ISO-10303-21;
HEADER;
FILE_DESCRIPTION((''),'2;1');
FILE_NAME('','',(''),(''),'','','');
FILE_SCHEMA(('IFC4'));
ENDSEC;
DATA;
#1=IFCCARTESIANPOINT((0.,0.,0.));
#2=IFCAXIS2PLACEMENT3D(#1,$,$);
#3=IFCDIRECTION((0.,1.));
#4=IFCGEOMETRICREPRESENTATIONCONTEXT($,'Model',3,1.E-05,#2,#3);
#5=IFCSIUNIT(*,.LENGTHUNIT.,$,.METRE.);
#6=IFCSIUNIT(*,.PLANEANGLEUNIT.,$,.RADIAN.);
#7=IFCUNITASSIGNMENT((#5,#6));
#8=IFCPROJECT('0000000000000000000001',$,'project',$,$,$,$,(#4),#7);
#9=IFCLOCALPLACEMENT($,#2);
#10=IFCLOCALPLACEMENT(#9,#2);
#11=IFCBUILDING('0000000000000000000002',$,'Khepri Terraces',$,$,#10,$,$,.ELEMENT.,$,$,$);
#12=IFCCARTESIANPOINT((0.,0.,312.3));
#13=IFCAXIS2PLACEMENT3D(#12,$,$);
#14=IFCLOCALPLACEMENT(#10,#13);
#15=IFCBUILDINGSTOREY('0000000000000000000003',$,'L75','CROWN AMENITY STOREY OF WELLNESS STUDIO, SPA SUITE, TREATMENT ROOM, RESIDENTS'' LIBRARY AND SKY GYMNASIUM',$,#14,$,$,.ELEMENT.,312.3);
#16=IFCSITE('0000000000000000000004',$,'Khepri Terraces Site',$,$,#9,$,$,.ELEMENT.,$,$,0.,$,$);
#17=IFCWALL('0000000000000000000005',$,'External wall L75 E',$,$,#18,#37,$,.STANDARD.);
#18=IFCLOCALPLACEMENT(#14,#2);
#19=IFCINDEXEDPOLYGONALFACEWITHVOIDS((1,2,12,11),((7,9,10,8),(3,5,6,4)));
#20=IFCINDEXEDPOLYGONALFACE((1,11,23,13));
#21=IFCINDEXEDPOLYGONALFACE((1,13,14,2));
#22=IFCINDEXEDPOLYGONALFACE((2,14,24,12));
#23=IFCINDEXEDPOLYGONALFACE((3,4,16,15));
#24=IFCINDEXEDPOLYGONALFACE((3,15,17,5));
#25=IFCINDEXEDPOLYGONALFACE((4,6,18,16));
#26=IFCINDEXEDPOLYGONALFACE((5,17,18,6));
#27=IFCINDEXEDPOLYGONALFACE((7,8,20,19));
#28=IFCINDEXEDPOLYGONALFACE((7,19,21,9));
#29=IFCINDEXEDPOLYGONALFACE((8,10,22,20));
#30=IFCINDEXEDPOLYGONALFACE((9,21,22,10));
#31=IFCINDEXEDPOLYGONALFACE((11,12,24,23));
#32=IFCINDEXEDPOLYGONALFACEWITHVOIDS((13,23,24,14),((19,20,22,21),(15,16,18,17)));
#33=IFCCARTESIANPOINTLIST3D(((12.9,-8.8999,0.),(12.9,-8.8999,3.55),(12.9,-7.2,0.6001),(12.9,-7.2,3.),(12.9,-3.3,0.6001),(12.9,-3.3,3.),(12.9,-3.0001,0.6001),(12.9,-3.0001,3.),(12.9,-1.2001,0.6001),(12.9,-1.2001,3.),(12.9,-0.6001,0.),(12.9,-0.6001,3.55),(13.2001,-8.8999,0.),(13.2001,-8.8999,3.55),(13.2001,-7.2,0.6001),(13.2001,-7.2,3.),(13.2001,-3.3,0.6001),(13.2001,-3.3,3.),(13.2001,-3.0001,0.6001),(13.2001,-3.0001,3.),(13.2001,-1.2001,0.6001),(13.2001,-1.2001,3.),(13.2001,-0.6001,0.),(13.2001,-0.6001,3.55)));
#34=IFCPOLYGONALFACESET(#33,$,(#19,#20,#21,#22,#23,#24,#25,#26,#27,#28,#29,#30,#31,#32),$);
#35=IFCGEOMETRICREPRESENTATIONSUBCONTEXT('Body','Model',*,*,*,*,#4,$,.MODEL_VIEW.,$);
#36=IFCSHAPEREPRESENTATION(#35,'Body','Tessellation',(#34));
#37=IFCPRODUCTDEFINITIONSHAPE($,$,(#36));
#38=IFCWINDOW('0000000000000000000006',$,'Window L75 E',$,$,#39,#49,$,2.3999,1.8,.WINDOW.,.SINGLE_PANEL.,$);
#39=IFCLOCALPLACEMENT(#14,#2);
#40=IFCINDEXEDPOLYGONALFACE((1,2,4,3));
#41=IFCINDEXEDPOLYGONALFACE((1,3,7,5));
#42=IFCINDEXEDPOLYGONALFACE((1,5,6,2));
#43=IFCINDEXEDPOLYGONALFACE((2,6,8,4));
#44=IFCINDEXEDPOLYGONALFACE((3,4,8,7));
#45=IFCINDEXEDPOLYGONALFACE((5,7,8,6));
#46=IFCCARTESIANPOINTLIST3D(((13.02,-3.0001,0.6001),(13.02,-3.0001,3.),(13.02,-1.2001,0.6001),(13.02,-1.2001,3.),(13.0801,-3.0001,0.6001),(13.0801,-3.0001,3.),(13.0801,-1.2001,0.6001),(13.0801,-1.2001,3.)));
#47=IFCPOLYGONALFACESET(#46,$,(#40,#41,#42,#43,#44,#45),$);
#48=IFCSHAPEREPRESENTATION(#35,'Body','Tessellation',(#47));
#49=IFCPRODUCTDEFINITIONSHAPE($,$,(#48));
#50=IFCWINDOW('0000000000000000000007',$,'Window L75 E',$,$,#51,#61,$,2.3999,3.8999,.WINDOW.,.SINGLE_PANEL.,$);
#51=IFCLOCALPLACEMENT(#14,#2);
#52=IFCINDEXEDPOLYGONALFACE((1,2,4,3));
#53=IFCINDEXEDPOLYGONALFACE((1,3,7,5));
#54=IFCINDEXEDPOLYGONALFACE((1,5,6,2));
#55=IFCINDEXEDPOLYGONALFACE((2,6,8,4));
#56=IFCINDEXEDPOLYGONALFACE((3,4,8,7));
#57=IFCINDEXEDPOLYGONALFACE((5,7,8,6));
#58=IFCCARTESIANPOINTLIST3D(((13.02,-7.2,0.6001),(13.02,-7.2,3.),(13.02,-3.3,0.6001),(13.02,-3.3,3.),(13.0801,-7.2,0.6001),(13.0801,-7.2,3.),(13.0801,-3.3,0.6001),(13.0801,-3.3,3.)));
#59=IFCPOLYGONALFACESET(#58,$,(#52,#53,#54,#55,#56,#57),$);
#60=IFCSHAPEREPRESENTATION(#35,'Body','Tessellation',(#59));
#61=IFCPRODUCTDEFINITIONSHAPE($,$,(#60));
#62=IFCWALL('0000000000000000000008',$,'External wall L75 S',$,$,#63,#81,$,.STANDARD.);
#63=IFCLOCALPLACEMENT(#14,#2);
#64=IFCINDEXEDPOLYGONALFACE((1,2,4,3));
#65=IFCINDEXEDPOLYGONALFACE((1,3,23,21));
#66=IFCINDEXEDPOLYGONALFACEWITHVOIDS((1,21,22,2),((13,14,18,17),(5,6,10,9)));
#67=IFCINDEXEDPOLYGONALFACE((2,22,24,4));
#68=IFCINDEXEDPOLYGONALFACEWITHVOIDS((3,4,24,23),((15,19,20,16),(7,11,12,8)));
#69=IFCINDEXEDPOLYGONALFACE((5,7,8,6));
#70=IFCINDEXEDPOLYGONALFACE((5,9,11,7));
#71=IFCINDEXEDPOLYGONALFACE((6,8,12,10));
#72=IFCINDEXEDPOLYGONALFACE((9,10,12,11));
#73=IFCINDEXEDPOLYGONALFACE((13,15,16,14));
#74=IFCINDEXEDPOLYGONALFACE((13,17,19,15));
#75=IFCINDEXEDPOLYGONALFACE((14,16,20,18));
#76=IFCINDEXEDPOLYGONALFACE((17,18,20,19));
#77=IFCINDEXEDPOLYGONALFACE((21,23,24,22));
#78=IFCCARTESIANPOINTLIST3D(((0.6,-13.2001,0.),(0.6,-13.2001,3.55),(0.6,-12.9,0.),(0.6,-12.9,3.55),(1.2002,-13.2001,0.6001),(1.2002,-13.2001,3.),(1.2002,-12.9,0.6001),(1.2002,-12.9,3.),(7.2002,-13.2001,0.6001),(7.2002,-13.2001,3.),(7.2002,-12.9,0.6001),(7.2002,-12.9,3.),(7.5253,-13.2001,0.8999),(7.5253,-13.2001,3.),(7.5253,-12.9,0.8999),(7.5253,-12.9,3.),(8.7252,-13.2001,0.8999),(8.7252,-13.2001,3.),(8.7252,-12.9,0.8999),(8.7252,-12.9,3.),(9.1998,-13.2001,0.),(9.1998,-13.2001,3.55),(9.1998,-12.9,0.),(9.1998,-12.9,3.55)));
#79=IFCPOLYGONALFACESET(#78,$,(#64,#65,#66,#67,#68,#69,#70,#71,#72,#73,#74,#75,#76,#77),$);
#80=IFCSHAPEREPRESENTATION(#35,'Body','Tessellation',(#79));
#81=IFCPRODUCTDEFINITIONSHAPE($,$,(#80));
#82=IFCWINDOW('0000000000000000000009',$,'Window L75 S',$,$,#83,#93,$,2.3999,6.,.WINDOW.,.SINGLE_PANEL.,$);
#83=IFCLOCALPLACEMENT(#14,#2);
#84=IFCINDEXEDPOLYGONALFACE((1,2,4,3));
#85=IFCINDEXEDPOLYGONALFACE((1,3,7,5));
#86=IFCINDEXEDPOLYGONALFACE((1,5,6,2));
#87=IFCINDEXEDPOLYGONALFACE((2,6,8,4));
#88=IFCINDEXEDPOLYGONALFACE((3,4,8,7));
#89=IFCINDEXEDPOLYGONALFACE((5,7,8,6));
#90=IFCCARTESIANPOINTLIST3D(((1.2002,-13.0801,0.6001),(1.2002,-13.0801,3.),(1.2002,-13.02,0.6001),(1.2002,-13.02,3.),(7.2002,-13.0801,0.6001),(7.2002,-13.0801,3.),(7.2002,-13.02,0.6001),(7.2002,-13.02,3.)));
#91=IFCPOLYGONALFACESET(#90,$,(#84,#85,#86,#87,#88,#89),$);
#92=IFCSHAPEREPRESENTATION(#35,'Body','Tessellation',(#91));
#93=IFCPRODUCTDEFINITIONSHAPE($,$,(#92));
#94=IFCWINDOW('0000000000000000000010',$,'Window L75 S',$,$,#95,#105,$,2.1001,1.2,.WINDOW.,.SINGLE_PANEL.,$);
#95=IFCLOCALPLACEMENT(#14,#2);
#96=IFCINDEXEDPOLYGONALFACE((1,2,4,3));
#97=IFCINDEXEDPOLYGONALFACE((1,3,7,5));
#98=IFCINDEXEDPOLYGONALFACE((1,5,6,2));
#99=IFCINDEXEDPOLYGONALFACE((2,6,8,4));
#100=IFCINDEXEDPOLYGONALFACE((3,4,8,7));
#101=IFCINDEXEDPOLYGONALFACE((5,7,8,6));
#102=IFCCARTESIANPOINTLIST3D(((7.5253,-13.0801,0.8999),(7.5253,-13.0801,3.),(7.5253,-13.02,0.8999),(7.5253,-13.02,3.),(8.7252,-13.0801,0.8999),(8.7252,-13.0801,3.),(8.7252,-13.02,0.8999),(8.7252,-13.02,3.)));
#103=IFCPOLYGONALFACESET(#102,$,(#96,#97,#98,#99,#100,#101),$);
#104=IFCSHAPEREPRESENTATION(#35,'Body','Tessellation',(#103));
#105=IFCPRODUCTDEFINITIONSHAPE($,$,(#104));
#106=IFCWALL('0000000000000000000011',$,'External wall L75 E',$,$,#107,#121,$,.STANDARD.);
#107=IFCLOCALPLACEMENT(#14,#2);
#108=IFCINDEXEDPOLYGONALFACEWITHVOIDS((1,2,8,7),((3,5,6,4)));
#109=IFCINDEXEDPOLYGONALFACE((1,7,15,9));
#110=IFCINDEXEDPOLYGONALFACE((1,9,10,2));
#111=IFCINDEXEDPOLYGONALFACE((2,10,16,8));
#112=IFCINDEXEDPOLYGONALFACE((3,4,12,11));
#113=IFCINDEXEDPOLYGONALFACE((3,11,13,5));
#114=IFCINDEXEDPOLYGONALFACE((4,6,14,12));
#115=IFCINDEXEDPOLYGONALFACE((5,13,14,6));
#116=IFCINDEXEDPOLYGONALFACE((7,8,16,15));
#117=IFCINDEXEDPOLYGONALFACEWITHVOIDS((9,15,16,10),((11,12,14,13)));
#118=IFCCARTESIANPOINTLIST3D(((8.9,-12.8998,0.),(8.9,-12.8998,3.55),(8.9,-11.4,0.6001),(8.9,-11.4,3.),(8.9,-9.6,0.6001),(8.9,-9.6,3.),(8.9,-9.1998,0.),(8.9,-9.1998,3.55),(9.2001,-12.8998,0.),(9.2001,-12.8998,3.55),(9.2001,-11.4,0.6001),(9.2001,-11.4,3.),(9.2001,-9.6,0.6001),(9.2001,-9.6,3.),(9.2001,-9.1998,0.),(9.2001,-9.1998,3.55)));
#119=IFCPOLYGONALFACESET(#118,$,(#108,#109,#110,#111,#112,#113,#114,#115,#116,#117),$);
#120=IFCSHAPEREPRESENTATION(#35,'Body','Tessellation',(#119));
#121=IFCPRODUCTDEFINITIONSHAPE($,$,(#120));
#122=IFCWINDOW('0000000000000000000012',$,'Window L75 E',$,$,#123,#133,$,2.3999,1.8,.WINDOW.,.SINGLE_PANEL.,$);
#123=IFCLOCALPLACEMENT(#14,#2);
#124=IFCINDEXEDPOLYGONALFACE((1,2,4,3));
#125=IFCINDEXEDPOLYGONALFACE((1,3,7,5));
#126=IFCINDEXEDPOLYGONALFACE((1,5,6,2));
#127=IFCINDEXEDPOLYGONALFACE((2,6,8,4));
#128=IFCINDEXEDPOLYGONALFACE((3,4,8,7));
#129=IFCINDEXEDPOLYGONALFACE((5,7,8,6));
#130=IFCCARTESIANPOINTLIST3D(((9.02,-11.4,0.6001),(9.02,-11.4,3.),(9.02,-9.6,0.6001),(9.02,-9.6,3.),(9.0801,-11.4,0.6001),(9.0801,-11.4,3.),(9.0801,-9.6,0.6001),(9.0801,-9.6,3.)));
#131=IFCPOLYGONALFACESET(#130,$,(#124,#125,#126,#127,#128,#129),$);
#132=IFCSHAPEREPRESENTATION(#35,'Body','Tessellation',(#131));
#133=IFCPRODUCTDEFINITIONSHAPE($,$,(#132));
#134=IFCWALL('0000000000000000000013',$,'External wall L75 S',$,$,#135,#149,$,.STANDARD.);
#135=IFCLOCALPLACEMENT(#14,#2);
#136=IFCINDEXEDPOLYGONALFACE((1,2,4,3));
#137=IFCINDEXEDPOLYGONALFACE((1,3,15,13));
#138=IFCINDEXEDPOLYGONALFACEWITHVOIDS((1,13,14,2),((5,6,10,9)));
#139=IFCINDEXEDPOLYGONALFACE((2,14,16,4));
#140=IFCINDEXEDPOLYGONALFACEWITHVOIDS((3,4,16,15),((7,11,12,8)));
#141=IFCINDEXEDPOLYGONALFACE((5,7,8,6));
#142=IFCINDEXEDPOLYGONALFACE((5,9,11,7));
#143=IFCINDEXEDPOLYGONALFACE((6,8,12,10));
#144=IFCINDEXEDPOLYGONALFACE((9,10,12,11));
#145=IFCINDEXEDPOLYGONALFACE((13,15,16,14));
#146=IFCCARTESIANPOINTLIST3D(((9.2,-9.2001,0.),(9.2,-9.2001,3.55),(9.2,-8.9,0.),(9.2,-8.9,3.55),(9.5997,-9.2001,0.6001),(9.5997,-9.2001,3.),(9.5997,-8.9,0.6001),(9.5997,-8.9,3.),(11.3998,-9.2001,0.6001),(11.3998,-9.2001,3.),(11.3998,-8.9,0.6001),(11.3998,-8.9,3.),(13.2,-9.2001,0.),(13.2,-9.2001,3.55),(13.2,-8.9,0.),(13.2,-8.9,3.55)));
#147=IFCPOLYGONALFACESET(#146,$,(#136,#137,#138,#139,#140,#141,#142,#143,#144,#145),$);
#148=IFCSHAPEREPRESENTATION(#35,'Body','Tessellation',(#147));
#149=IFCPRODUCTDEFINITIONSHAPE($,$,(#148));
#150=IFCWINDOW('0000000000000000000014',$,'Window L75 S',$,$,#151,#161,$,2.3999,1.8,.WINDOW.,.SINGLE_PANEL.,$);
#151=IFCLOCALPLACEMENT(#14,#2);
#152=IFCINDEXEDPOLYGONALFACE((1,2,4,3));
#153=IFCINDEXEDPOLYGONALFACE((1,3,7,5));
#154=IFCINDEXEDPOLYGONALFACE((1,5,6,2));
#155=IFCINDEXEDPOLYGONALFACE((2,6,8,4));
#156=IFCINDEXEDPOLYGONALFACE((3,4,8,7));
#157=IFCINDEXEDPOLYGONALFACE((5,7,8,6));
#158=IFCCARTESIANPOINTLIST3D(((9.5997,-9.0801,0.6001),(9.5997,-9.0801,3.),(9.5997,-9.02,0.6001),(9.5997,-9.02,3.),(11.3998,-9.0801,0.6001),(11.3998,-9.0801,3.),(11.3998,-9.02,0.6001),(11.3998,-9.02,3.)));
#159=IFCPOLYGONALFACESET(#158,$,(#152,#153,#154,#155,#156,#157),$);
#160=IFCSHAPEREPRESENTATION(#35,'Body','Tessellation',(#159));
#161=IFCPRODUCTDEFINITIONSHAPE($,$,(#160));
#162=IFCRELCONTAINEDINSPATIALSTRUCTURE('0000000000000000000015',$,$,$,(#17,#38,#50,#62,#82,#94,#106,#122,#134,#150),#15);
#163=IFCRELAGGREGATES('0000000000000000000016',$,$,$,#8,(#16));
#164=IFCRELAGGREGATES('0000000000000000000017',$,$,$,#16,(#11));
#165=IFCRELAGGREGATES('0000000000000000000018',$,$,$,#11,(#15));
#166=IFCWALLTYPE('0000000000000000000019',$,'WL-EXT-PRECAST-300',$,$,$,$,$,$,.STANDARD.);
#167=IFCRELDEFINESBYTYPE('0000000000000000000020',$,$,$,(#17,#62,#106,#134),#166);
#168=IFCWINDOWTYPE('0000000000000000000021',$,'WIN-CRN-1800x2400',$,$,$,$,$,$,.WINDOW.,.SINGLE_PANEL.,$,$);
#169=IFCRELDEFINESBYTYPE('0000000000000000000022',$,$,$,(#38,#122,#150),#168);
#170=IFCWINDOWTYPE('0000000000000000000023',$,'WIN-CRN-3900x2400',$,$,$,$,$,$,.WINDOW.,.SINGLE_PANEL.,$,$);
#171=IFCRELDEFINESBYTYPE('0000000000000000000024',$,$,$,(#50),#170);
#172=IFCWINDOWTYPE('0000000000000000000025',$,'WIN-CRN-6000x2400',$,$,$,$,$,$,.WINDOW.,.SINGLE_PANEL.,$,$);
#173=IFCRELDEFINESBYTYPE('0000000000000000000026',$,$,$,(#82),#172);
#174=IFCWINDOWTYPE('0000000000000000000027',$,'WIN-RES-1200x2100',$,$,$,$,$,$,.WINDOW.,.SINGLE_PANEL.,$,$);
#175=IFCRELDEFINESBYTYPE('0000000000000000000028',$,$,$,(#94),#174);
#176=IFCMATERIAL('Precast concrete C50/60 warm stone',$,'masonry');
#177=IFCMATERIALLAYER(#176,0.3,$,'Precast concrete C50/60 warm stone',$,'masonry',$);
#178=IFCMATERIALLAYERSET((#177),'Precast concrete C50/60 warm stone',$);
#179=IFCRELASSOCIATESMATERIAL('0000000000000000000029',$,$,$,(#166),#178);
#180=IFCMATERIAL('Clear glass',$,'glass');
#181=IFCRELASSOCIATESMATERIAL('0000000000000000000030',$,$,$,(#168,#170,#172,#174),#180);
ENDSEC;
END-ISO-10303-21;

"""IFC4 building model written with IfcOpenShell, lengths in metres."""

from ifc_helpers import new_model, si_unit, direction, frame, frame_2d, origin, place, context, subcontext, project, spatial, rectangle, extrude, material, layer, layer_set, type_object, element, fill, save


model = new_model("IFC4")

# Units and contexts
model_context = context("Model", 3, precision=1e-05, world=origin(), true_north=direction((0.0, 1.0)))
body_context = subcontext(model_context, "Body", "Model", "MODEL_VIEW")
ifc_project = project(units=[si_unit("LENGTHUNIT", "METRE"), si_unit("PLANEANGLEUNIT", "RADIAN")], contexts=[model_context])

# Site, building, storey
site_placement = place(None, origin())
site = spatial("IfcSite", under=ifc_project, at=site_placement, Name="Khepri Terraces Site", CompositionType="ELEMENT", RefElevation=0.0)
building_placement = place(site_placement, origin())
building = spatial("IfcBuilding", under=site, at=building_placement, Name="Khepri Terraces", CompositionType="ELEMENT")
storey_placement = place(building_placement, frame((0.0, 0.0, 312.3)))
storey = spatial("IfcBuildingStorey", under=building, at=storey_placement, Name="L75", Description="CROWN AMENITY STOREY OF WELLNESS STUDIO, SPA SUITE, TREATMENT ROOM, RESIDENTS' LIBRARY AND SKY GYMNASIUM", CompositionType="ELEMENT", Elevation=312.3)

# Walls, openings, windows
ifc_material_1 = material(Name="Precast concrete C50/60 warm stone", Category="masonry")
ifc_layer_1 = layer(ifc_material_1, 0.3, Name="Precast concrete C50/60 warm stone", Category="masonry")
ifc_layer_set_1 = layer_set([ifc_layer_1], Name="Precast concrete C50/60 warm stone")
wall_type_1 = type_object("IfcWallType", Name="WL-EXT-PRECAST-300", PredefinedType="STANDARD", material=ifc_layer_set_1)
wall_1_placement = place(storey_placement, frame((13.05, -8.8999, 0.0), z_axis=(0.0, 0.0, 1.0), x_axis=(0.0, 1.0, 0.0)))
wall_1 = element("IfcWall", 1, at=wall_1_placement, inside=storey, type_object=wall_type_1, Name="External wall L75 E", PredefinedType="STANDARD", context=body_context, shape_type="SweptSolid", body=[
    extrude(rectangle(XDim=8.2998, YDim=0.3, at=frame_2d((4.1499, 0.0))), origin(), (0.0, 0.0, 1.0), 3.55),
])
opening_1_placement = place(wall_1_placement, frame((1.7, 0.0, 0.6001)))
opening_1 = element("IfcOpeningElement", 2, at=opening_1_placement, cuts=wall_1, PredefinedType="OPENING", context=body_context, shape_type="SweptSolid", body=[
    extrude(rectangle(XDim=3.8999, YDim=2.3999, at=frame_2d((1.95, 1.2))), frame((0.0, 0.1602, 0.0), z_axis=(0.0, -1.0, 0.0), x_axis=(1.0, 0.0, 0.0)), (0.0, 0.0, 1.0), 0.3201),
])
opening_2_placement = place(wall_1_placement, frame((5.8999, 0.0, 0.6001)))
opening_2 = element("IfcOpeningElement", 3, at=opening_2_placement, cuts=wall_1, PredefinedType="OPENING", context=body_context, shape_type="SweptSolid", body=[
    extrude(rectangle(XDim=1.8, YDim=2.3999, at=frame_2d((0.8999, 1.2))), frame((0.0, 0.1602, 0.0), z_axis=(0.0, -1.0, 0.0), x_axis=(1.0, 0.0, 0.0)), (0.0, 0.0, 1.0), 0.3201),
])
ifc_material_2 = material(Name="Clear glass", Category="glass")
window_type_1 = type_object("IfcWindowType", Name="WIN-CRN-1800x2400", PartitioningType="SINGLE_PANEL", PredefinedType="WINDOW", material=ifc_material_2)
window_1_placement = place(opening_2_placement, origin())
window_1 = element("IfcWindow", 4, at=window_1_placement, inside=storey, type_object=window_type_1, Name="Window L75 E", OverallHeight=2.3999, OverallWidth=1.8, PartitioningType="SINGLE_PANEL", PredefinedType="WINDOW", context=body_context, shape_type="SweptSolid", body=[
    extrude(rectangle(XDim=1.8, YDim=2.3999, at=frame_2d((0.8999, 1.2))), frame((0.0, 0.03, 0.0), z_axis=(0.0, -1.0, 0.0), x_axis=(1.0, 0.0, 0.0)), (0.0, 0.0, 1.0), 0.0601),
])
fill(opening_2, window_1)
window_type_2 = type_object("IfcWindowType", Name="WIN-CRN-3900x2400", PartitioningType="SINGLE_PANEL", PredefinedType="WINDOW", material=ifc_material_2)
window_2_placement = place(opening_1_placement, origin())
window_2 = element("IfcWindow", 5, at=window_2_placement, inside=storey, type_object=window_type_2, Name="Window L75 E", OverallHeight=2.3999, OverallWidth=3.8999, PartitioningType="SINGLE_PANEL", PredefinedType="WINDOW", context=body_context, shape_type="SweptSolid", body=[
    extrude(rectangle(XDim=3.8999, YDim=2.3999, at=frame_2d((1.95, 1.2))), frame((0.0, 0.03, 0.0), z_axis=(0.0, -1.0, 0.0), x_axis=(1.0, 0.0, 0.0)), (0.0, 0.0, 1.0), 0.0601),
])
fill(opening_1, window_2)
wall_2_placement = place(storey_placement, frame((0.6001, -13.05, 0.0), z_axis=(0.0, 0.0, 1.0), x_axis=(1.0, 0.0, 0.0)))
wall_2 = element("IfcWall", 6, at=wall_2_placement, inside=storey, type_object=wall_type_1, Name="External wall L75 S", PredefinedType="STANDARD", context=body_context, shape_type="SweptSolid", body=[
    extrude(rectangle(XDim=8.5999, YDim=0.3, at=frame_2d((4.2998, 0.0))), origin(), (0.0, 0.0, 1.0), 3.55),
])
opening_3_placement = place(wall_2_placement, frame((0.6001, 0.0, 0.6001)))
opening_3 = element("IfcOpeningElement", 7, at=opening_3_placement, cuts=wall_2, PredefinedType="OPENING", context=body_context, shape_type="SweptSolid", body=[
    extrude(rectangle(XDim=6.0, YDim=2.3999, at=frame_2d((3.0, 1.2))), frame((0.0, 0.1602, 0.0), z_axis=(0.0, -1.0, 0.0), x_axis=(1.0, 0.0, 0.0)), (0.0, 0.0, 1.0), 0.3201),
])
opening_4_placement = place(wall_2_placement, frame((6.925, 0.0, 0.8999)))
opening_4 = element("IfcOpeningElement", 8, at=opening_4_placement, cuts=wall_2, PredefinedType="OPENING", context=body_context, shape_type="SweptSolid", body=[
    extrude(rectangle(XDim=1.2, YDim=2.1001, at=frame_2d((0.6001, 1.05))), frame((0.0, 0.1602, 0.0), z_axis=(0.0, -1.0, 0.0), x_axis=(1.0, 0.0, 0.0)), (0.0, 0.0, 1.0), 0.3201),
])
window_type_3 = type_object("IfcWindowType", Name="WIN-CRN-6000x2400", PartitioningType="SINGLE_PANEL", PredefinedType="WINDOW", material=ifc_material_2)
window_3_placement = place(opening_3_placement, origin())
window_3 = element("IfcWindow", 9, at=window_3_placement, inside=storey, type_object=window_type_3, Name="Window L75 S", OverallHeight=2.3999, OverallWidth=6.0, PartitioningType="SINGLE_PANEL", PredefinedType="WINDOW", context=body_context, shape_type="SweptSolid", body=[
    extrude(rectangle(XDim=6.0, YDim=2.3999, at=frame_2d((3.0, 1.2))), frame((0.0, 0.03, 0.0), z_axis=(0.0, -1.0, 0.0), x_axis=(1.0, 0.0, 0.0)), (0.0, 0.0, 1.0), 0.0601),
])
fill(opening_3, window_3)
window_type_4 = type_object("IfcWindowType", Name="WIN-RES-1200x2100", PartitioningType="SINGLE_PANEL", PredefinedType="WINDOW", material=ifc_material_2)
window_4_placement = place(opening_4_placement, origin())
window_4 = element("IfcWindow", 10, at=window_4_placement, inside=storey, type_object=window_type_4, Name="Window L75 S", OverallHeight=2.1001, OverallWidth=1.2, PartitioningType="SINGLE_PANEL", PredefinedType="WINDOW", context=body_context, shape_type="SweptSolid", body=[
    extrude(rectangle(XDim=1.2, YDim=2.1001, at=frame_2d((0.6001, 1.05))), frame((0.0, 0.03, 0.0), z_axis=(0.0, -1.0, 0.0), x_axis=(1.0, 0.0, 0.0)), (0.0, 0.0, 1.0), 0.0601),
])
fill(opening_4, window_4)

# Walls, openings, windows
wall_3_placement = place(storey_placement, frame((9.05, -12.8999, 0.0), z_axis=(0.0, 0.0, 1.0), x_axis=(0.0, 1.0, 0.0)))
wall_3 = element("IfcWall", 11, at=wall_3_placement, inside=storey, type_object=wall_type_1, Name="External wall L75 E", PredefinedType="STANDARD", context=body_context, shape_type="SweptSolid", body=[
    extrude(rectangle(XDim=3.7, YDim=0.3, at=frame_2d((1.8501, 0.0))), origin(), (0.0, 0.0, 1.0), 3.55),
])
opening_5_placement = place(wall_3_placement, frame((1.5, 0.0, 0.6001)))
opening_5 = element("IfcOpeningElement", 12, at=opening_5_placement, cuts=wall_3, PredefinedType="OPENING", context=body_context, shape_type="SweptSolid", body=[
    extrude(rectangle(XDim=1.8, YDim=2.3999, at=frame_2d((0.8999, 1.2))), frame((0.0, 0.1602, 0.0), z_axis=(0.0, -1.0, 0.0), x_axis=(1.0, 0.0, 0.0)), (0.0, 0.0, 1.0), 0.3201),
])
window_5_placement = place(opening_5_placement, origin())
window_5 = element("IfcWindow", 13, at=window_5_placement, inside=storey, type_object=window_type_1, Name="Window L75 E", OverallHeight=2.3999, OverallWidth=1.8, PartitioningType="SINGLE_PANEL", PredefinedType="WINDOW", context=body_context, shape_type="SweptSolid", body=[
    extrude(rectangle(XDim=1.8, YDim=2.3999, at=frame_2d((0.8999, 1.2))), frame((0.0, 0.03, 0.0), z_axis=(0.0, -1.0, 0.0), x_axis=(1.0, 0.0, 0.0)), (0.0, 0.0, 1.0), 0.0601),
])
fill(opening_5, window_5)
wall_4_placement = place(storey_placement, frame((9.2, -9.05, 0.0), z_axis=(0.0, 0.0, 1.0), x_axis=(1.0, 0.0, 0.0)))
wall_4 = element("IfcWall", 14, at=wall_4_placement, inside=storey, type_object=wall_type_1, Name="External wall L75 S", PredefinedType="STANDARD", context=body_context, shape_type="SweptSolid", body=[
    extrude(rectangle(XDim=4.0, YDim=0.3, at=frame_2d((2.0, 0.0))), origin(), (0.0, 0.0, 1.0), 3.55),
])
opening_6_placement = place(wall_4_placement, frame((0.3999, 0.0, 0.6001)))
opening_6 = element("IfcOpeningElement", 15, at=opening_6_placement, cuts=wall_4, PredefinedType="OPENING", context=body_context, shape_type="SweptSolid", body=[
    extrude(rectangle(XDim=1.8, YDim=2.3999, at=frame_2d((0.8999, 1.2))), frame((0.0, 0.1602, 0.0), z_axis=(0.0, -1.0, 0.0), x_axis=(1.0, 0.0, 0.0)), (0.0, 0.0, 1.0), 0.3201),
])
window_6_placement = place(opening_6_placement, origin())
window_6 = element("IfcWindow", 16, at=window_6_placement, inside=storey, type_object=window_type_1, Name="Window L75 S", OverallHeight=2.3999, OverallWidth=1.8, PartitioningType="SINGLE_PANEL", PredefinedType="WINDOW", context=body_context, shape_type="SweptSolid", body=[
    extrude(rectangle(XDim=1.8, YDim=2.3999, at=frame_2d((0.8999, 1.2))), frame((0.0, 0.03, 0.0), z_axis=(0.0, -1.0, 0.0), x_axis=(1.0, 0.0, 0.0)), (0.0, 0.0, 1.0), 0.0601),
])
fill(opening_6, window_6)

save(model, "model.ifc")
